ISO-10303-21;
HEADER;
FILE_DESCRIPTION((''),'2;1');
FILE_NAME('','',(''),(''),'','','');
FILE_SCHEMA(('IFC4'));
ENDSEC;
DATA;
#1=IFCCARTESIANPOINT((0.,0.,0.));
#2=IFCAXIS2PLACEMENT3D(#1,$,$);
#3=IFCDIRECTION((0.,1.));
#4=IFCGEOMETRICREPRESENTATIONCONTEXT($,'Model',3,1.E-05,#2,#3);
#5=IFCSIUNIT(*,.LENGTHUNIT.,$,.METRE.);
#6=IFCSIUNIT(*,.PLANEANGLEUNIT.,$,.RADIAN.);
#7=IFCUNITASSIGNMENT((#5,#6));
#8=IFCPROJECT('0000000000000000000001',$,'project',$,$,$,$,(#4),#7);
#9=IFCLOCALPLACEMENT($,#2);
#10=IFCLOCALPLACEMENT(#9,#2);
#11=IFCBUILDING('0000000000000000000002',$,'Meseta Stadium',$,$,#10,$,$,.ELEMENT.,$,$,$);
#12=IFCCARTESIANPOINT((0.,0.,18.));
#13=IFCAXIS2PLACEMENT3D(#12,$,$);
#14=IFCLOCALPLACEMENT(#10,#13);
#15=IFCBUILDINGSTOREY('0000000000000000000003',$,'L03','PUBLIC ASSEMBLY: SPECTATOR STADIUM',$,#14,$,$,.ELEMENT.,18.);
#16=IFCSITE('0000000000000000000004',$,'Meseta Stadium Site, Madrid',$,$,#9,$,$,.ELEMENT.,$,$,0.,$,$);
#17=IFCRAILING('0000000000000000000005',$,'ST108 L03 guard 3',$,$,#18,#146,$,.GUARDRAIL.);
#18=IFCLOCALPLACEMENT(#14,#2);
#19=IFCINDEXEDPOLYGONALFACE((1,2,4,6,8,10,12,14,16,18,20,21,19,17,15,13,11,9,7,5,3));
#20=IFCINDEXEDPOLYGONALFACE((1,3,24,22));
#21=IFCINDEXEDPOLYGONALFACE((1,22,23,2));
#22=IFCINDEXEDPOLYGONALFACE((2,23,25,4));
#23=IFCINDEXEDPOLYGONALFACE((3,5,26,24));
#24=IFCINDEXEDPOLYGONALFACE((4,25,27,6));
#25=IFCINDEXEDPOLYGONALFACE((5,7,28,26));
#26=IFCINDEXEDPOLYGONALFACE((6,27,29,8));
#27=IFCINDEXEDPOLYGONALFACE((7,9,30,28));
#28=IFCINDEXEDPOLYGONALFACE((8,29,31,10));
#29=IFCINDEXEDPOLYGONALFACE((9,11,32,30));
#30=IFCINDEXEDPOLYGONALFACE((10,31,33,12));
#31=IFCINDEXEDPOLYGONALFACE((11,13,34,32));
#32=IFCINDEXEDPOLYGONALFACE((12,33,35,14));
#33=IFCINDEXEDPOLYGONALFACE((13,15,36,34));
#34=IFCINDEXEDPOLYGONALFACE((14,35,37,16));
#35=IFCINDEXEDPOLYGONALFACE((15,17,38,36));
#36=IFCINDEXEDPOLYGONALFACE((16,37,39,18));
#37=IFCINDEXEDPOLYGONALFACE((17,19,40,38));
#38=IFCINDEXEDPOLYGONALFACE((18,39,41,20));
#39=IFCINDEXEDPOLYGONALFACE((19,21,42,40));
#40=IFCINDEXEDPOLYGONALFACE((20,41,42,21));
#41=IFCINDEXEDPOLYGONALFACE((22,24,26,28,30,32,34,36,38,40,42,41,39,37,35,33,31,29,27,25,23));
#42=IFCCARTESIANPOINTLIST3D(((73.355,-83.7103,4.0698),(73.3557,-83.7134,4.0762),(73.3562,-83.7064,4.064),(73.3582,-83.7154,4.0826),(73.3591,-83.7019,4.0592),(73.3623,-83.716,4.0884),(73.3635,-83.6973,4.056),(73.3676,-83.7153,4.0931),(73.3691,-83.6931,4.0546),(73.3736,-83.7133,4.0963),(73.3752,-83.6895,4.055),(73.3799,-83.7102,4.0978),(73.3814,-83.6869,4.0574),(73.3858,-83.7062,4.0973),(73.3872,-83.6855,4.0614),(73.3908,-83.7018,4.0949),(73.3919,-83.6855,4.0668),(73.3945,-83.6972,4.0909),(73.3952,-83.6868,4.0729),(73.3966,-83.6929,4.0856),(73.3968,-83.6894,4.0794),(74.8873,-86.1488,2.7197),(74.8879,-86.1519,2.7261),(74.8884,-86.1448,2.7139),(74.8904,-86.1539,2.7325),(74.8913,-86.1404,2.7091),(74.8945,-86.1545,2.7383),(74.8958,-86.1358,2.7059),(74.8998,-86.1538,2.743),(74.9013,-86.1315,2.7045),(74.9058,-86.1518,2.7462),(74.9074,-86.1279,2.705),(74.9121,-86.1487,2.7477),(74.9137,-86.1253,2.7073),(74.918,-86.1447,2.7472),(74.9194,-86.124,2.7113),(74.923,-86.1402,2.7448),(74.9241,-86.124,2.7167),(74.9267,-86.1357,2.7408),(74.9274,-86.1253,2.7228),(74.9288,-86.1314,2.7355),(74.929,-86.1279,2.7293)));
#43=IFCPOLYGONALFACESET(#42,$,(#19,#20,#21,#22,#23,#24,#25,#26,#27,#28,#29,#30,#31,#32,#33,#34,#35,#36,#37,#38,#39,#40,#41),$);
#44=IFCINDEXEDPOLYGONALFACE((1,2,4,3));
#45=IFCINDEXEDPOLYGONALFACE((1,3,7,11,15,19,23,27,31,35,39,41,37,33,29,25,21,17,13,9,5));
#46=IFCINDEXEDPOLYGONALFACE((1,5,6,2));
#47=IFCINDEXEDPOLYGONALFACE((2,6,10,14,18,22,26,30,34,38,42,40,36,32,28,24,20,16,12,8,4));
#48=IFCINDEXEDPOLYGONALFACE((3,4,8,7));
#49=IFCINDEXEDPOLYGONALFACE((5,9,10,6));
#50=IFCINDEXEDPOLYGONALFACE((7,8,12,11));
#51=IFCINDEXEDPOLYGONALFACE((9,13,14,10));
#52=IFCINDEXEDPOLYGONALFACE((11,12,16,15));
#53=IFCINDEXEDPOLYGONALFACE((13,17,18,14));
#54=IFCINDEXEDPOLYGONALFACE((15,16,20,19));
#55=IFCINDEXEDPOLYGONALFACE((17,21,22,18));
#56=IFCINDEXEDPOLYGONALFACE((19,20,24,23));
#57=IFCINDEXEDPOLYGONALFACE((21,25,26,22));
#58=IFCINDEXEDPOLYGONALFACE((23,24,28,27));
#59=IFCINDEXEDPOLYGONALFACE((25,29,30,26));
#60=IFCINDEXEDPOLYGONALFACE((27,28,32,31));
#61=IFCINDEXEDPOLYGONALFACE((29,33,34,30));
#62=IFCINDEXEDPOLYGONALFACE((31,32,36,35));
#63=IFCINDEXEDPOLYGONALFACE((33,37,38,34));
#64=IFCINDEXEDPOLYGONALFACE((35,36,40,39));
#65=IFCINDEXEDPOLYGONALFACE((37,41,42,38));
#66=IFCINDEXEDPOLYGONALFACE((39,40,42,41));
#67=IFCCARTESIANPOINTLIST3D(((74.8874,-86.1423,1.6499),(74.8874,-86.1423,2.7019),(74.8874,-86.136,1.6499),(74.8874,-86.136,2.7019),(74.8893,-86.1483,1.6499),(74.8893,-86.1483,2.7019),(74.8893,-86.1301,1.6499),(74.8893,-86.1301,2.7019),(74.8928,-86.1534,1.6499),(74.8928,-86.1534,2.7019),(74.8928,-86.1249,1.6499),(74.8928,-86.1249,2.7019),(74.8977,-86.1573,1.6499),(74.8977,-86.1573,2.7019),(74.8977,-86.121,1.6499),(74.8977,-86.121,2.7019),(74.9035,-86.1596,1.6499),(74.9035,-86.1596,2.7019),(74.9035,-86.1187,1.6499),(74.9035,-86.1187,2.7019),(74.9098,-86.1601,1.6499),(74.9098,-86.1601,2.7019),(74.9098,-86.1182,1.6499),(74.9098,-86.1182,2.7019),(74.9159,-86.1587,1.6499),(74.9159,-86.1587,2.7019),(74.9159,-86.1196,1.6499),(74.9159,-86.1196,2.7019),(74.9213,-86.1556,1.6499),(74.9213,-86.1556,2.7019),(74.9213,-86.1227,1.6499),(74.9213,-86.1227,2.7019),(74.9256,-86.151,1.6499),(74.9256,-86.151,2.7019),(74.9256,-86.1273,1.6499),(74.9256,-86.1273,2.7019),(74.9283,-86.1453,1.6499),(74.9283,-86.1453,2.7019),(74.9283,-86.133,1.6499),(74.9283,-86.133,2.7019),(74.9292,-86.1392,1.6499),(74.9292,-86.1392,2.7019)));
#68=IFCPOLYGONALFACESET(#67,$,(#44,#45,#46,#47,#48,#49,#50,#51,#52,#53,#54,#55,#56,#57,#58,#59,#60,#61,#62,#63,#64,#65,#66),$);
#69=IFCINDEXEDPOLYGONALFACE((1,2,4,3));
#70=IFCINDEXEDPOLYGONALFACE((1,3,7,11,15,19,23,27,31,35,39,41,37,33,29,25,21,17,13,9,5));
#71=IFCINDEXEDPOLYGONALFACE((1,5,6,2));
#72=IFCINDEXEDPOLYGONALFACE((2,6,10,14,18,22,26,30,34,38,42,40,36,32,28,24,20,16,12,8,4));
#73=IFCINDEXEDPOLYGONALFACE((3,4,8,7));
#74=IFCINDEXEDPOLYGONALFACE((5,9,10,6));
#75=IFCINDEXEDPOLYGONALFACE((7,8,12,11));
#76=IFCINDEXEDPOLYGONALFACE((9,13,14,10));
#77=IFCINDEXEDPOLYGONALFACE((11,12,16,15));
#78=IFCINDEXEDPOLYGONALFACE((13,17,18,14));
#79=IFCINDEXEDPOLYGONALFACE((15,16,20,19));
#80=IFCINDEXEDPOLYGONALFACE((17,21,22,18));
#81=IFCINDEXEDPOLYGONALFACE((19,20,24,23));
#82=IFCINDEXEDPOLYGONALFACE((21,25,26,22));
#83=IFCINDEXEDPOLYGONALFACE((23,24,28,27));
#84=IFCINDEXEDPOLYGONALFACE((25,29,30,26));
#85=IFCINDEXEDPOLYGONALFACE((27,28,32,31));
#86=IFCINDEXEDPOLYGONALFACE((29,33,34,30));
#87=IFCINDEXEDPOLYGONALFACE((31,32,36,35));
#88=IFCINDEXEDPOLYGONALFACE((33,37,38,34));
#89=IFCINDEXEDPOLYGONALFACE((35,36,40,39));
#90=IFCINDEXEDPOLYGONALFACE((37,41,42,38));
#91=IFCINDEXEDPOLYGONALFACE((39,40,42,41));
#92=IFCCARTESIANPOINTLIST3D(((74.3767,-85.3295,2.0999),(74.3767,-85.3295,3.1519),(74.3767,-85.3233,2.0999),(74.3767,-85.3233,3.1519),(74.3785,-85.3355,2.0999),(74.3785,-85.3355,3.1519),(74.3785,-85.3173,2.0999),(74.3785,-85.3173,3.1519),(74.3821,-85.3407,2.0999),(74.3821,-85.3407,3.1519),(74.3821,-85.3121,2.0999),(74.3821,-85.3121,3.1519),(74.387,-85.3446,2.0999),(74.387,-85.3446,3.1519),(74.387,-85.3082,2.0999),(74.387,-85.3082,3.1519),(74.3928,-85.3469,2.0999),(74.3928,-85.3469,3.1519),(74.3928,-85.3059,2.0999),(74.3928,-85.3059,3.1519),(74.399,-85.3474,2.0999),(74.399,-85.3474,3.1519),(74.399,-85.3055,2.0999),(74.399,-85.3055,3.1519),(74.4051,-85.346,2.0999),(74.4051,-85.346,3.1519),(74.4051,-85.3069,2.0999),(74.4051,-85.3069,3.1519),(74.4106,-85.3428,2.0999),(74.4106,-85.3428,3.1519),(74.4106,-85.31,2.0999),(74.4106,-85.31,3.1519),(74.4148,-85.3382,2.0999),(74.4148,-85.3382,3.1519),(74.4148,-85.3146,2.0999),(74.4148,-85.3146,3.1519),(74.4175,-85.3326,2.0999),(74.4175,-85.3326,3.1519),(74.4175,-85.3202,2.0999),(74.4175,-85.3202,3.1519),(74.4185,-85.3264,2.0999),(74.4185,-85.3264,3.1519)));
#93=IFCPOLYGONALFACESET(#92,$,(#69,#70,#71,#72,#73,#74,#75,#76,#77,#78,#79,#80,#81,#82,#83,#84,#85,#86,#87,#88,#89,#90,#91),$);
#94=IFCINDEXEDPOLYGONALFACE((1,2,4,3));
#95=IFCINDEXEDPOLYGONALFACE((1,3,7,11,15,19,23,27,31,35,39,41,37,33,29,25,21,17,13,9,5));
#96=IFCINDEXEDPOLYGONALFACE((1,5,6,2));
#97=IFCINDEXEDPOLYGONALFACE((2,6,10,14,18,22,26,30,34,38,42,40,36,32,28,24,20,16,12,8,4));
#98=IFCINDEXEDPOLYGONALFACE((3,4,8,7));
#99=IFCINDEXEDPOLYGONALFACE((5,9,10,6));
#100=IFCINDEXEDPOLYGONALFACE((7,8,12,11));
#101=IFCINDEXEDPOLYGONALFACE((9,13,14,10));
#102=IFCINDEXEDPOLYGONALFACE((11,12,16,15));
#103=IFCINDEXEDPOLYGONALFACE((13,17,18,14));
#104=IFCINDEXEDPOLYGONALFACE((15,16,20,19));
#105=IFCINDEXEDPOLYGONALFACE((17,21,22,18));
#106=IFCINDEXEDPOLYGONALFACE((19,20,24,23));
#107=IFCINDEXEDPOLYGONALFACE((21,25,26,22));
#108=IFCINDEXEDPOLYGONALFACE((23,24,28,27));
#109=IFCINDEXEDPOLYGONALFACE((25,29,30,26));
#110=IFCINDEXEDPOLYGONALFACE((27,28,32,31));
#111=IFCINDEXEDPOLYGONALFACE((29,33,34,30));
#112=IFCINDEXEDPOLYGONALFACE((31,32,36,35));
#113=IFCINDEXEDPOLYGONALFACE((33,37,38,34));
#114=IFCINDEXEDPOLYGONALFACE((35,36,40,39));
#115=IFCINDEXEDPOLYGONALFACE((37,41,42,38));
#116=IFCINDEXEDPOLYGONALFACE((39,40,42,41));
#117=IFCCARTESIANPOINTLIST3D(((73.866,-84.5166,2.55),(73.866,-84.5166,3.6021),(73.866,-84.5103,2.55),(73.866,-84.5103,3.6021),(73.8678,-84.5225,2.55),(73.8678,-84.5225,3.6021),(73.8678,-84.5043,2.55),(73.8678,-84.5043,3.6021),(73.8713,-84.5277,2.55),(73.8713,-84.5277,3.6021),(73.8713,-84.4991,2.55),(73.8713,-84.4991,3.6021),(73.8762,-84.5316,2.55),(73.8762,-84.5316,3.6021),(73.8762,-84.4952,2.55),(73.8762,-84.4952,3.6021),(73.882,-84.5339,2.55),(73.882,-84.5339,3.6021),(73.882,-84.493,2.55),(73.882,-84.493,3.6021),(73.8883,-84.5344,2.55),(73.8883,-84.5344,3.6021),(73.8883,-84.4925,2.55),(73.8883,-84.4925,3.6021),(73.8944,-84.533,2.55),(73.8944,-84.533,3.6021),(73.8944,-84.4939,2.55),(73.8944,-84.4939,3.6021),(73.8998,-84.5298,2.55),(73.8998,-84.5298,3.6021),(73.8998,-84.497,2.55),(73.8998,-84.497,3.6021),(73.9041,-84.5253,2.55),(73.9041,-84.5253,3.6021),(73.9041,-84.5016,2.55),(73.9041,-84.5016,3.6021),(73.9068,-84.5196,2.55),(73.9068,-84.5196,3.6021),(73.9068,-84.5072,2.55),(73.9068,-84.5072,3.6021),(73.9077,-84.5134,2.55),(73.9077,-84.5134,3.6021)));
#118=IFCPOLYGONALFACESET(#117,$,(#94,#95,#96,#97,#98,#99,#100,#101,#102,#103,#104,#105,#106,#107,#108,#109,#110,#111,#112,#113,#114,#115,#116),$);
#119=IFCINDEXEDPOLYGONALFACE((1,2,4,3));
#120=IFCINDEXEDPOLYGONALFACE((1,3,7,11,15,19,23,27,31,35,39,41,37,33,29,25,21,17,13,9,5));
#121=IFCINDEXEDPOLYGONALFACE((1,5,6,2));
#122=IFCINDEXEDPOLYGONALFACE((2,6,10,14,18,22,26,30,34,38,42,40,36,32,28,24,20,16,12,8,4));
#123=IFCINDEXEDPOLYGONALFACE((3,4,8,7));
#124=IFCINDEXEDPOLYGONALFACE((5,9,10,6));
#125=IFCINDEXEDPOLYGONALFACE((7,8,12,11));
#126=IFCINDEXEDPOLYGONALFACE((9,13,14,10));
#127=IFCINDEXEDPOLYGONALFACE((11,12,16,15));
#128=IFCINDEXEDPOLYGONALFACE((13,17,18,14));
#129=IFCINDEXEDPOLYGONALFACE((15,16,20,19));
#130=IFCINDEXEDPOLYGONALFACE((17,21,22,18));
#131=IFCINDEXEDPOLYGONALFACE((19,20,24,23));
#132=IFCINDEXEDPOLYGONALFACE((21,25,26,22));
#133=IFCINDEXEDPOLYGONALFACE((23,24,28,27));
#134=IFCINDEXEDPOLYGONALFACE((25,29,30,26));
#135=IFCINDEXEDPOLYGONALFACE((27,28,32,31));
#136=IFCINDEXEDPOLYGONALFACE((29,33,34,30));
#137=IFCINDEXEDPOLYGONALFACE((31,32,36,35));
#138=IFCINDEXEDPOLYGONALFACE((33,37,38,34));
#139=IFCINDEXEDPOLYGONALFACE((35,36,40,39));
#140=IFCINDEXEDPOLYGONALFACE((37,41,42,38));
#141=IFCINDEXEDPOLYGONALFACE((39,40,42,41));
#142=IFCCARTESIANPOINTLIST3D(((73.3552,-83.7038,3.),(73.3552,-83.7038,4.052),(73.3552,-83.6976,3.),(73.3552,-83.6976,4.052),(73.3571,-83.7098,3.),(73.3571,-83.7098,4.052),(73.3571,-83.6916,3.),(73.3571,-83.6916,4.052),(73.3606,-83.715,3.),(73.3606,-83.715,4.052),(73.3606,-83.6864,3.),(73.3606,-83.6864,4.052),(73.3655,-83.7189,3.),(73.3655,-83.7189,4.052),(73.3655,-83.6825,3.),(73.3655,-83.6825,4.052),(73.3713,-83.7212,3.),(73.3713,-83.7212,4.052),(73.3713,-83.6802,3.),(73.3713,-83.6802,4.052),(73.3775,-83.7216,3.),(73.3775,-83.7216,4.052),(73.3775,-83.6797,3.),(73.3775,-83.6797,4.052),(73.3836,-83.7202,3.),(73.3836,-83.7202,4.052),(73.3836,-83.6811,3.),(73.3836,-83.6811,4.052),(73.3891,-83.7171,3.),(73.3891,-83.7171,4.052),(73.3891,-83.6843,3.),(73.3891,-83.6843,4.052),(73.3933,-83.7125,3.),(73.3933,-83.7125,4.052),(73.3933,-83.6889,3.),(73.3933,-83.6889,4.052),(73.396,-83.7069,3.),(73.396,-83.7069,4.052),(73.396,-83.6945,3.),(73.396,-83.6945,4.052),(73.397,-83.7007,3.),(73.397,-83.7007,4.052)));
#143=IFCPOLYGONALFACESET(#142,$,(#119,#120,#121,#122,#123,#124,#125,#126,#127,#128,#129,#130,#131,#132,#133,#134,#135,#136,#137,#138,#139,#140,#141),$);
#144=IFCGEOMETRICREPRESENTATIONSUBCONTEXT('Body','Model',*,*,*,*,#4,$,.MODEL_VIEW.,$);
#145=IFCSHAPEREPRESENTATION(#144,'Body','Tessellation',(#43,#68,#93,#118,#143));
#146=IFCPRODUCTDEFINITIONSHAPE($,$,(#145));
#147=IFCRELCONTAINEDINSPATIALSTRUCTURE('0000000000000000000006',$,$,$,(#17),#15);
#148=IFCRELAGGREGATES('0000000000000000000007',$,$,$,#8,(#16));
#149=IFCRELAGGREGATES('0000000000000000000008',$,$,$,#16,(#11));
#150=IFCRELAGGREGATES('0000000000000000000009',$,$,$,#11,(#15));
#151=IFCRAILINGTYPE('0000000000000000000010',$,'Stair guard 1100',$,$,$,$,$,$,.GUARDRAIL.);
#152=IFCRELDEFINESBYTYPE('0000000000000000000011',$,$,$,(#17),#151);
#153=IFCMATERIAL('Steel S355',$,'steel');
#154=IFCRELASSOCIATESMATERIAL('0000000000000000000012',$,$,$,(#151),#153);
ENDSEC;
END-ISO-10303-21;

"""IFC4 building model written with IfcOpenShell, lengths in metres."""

from ifc_helpers import new_model, si_unit, direction, frame, origin, origin_2d, place, context, subcontext, project, spatial, circle, extrude, material, type_object, element, save


model = new_model("IFC4")

# Units and contexts
model_context = context("Model", 3, precision=1e-05, world=origin(), true_north=direction((0.0, 1.0)))
body_context = subcontext(model_context, "Body", "Model", "MODEL_VIEW")
ifc_project = project(units=[si_unit("LENGTHUNIT", "METRE"), si_unit("PLANEANGLEUNIT", "RADIAN")], contexts=[model_context])

# Site, building, storey
site_placement = place(None, origin())
site = spatial("IfcSite", under=ifc_project, at=site_placement, Name="Meseta Stadium Site, Madrid", CompositionType="ELEMENT", RefElevation=0.0)
building_placement = place(site_placement, origin())
building = spatial("IfcBuilding", under=site, at=building_placement, Name="Meseta Stadium", CompositionType="ELEMENT")
storey_placement = place(building_placement, frame((0.0, 0.0, 18.0)))
storey = spatial("IfcBuildingStorey", under=building, at=storey_placement, Name="L03", Description="PUBLIC ASSEMBLY: SPECTATOR STADIUM", CompositionType="ELEMENT", Elevation=18.0)

# Railing
ifc_material_1 = material(Name="Steel S355", Category="steel")
railing_type_1 = type_object("IfcRailingType", Name="Stair guard 1100", PredefinedType="GUARDRAIL", material=ifc_material_1)
railing_1_placement = place(storey_placement, frame((74.9082, -86.1392, 1.6499)))
element("IfcRailing", 1, at=railing_1_placement, inside=storey, type_object=railing_type_1, Name="ST108 L03 guard 3", PredefinedType="GUARDRAIL", context=body_context, shape_type="SweptSolid", body=[
    extrude(circle(Radius=0.0239, at=origin_2d()), frame((0.0, 0.0, 1.0762), z_axis=(-0.481731, 0.766655, 0.42447), x_axis=(-0.846719, -0.53204, 0.0)), (0.0, 0.0, 1.0), 3.1807),
    extrude(circle(Radius=0.021, at=origin_2d()), origin(), (0.0, 0.0, 1.0), 1.052),
    extrude(circle(Radius=0.021, at=origin_2d()), frame((-0.5107, 0.8127, 0.45)), (0.0, 0.0, 1.0), 1.052),
    extrude(circle(Radius=0.021, at=origin_2d()), frame((-1.0215, 1.6257, 0.9001)), (0.0, 0.0, 1.0), 1.052),
    extrude(circle(Radius=0.021, at=origin_2d()), frame((-1.5322, 2.4385, 1.3501)), (0.0, 0.0, 1.0), 1.052),
])

save(model, "model.ifc")
